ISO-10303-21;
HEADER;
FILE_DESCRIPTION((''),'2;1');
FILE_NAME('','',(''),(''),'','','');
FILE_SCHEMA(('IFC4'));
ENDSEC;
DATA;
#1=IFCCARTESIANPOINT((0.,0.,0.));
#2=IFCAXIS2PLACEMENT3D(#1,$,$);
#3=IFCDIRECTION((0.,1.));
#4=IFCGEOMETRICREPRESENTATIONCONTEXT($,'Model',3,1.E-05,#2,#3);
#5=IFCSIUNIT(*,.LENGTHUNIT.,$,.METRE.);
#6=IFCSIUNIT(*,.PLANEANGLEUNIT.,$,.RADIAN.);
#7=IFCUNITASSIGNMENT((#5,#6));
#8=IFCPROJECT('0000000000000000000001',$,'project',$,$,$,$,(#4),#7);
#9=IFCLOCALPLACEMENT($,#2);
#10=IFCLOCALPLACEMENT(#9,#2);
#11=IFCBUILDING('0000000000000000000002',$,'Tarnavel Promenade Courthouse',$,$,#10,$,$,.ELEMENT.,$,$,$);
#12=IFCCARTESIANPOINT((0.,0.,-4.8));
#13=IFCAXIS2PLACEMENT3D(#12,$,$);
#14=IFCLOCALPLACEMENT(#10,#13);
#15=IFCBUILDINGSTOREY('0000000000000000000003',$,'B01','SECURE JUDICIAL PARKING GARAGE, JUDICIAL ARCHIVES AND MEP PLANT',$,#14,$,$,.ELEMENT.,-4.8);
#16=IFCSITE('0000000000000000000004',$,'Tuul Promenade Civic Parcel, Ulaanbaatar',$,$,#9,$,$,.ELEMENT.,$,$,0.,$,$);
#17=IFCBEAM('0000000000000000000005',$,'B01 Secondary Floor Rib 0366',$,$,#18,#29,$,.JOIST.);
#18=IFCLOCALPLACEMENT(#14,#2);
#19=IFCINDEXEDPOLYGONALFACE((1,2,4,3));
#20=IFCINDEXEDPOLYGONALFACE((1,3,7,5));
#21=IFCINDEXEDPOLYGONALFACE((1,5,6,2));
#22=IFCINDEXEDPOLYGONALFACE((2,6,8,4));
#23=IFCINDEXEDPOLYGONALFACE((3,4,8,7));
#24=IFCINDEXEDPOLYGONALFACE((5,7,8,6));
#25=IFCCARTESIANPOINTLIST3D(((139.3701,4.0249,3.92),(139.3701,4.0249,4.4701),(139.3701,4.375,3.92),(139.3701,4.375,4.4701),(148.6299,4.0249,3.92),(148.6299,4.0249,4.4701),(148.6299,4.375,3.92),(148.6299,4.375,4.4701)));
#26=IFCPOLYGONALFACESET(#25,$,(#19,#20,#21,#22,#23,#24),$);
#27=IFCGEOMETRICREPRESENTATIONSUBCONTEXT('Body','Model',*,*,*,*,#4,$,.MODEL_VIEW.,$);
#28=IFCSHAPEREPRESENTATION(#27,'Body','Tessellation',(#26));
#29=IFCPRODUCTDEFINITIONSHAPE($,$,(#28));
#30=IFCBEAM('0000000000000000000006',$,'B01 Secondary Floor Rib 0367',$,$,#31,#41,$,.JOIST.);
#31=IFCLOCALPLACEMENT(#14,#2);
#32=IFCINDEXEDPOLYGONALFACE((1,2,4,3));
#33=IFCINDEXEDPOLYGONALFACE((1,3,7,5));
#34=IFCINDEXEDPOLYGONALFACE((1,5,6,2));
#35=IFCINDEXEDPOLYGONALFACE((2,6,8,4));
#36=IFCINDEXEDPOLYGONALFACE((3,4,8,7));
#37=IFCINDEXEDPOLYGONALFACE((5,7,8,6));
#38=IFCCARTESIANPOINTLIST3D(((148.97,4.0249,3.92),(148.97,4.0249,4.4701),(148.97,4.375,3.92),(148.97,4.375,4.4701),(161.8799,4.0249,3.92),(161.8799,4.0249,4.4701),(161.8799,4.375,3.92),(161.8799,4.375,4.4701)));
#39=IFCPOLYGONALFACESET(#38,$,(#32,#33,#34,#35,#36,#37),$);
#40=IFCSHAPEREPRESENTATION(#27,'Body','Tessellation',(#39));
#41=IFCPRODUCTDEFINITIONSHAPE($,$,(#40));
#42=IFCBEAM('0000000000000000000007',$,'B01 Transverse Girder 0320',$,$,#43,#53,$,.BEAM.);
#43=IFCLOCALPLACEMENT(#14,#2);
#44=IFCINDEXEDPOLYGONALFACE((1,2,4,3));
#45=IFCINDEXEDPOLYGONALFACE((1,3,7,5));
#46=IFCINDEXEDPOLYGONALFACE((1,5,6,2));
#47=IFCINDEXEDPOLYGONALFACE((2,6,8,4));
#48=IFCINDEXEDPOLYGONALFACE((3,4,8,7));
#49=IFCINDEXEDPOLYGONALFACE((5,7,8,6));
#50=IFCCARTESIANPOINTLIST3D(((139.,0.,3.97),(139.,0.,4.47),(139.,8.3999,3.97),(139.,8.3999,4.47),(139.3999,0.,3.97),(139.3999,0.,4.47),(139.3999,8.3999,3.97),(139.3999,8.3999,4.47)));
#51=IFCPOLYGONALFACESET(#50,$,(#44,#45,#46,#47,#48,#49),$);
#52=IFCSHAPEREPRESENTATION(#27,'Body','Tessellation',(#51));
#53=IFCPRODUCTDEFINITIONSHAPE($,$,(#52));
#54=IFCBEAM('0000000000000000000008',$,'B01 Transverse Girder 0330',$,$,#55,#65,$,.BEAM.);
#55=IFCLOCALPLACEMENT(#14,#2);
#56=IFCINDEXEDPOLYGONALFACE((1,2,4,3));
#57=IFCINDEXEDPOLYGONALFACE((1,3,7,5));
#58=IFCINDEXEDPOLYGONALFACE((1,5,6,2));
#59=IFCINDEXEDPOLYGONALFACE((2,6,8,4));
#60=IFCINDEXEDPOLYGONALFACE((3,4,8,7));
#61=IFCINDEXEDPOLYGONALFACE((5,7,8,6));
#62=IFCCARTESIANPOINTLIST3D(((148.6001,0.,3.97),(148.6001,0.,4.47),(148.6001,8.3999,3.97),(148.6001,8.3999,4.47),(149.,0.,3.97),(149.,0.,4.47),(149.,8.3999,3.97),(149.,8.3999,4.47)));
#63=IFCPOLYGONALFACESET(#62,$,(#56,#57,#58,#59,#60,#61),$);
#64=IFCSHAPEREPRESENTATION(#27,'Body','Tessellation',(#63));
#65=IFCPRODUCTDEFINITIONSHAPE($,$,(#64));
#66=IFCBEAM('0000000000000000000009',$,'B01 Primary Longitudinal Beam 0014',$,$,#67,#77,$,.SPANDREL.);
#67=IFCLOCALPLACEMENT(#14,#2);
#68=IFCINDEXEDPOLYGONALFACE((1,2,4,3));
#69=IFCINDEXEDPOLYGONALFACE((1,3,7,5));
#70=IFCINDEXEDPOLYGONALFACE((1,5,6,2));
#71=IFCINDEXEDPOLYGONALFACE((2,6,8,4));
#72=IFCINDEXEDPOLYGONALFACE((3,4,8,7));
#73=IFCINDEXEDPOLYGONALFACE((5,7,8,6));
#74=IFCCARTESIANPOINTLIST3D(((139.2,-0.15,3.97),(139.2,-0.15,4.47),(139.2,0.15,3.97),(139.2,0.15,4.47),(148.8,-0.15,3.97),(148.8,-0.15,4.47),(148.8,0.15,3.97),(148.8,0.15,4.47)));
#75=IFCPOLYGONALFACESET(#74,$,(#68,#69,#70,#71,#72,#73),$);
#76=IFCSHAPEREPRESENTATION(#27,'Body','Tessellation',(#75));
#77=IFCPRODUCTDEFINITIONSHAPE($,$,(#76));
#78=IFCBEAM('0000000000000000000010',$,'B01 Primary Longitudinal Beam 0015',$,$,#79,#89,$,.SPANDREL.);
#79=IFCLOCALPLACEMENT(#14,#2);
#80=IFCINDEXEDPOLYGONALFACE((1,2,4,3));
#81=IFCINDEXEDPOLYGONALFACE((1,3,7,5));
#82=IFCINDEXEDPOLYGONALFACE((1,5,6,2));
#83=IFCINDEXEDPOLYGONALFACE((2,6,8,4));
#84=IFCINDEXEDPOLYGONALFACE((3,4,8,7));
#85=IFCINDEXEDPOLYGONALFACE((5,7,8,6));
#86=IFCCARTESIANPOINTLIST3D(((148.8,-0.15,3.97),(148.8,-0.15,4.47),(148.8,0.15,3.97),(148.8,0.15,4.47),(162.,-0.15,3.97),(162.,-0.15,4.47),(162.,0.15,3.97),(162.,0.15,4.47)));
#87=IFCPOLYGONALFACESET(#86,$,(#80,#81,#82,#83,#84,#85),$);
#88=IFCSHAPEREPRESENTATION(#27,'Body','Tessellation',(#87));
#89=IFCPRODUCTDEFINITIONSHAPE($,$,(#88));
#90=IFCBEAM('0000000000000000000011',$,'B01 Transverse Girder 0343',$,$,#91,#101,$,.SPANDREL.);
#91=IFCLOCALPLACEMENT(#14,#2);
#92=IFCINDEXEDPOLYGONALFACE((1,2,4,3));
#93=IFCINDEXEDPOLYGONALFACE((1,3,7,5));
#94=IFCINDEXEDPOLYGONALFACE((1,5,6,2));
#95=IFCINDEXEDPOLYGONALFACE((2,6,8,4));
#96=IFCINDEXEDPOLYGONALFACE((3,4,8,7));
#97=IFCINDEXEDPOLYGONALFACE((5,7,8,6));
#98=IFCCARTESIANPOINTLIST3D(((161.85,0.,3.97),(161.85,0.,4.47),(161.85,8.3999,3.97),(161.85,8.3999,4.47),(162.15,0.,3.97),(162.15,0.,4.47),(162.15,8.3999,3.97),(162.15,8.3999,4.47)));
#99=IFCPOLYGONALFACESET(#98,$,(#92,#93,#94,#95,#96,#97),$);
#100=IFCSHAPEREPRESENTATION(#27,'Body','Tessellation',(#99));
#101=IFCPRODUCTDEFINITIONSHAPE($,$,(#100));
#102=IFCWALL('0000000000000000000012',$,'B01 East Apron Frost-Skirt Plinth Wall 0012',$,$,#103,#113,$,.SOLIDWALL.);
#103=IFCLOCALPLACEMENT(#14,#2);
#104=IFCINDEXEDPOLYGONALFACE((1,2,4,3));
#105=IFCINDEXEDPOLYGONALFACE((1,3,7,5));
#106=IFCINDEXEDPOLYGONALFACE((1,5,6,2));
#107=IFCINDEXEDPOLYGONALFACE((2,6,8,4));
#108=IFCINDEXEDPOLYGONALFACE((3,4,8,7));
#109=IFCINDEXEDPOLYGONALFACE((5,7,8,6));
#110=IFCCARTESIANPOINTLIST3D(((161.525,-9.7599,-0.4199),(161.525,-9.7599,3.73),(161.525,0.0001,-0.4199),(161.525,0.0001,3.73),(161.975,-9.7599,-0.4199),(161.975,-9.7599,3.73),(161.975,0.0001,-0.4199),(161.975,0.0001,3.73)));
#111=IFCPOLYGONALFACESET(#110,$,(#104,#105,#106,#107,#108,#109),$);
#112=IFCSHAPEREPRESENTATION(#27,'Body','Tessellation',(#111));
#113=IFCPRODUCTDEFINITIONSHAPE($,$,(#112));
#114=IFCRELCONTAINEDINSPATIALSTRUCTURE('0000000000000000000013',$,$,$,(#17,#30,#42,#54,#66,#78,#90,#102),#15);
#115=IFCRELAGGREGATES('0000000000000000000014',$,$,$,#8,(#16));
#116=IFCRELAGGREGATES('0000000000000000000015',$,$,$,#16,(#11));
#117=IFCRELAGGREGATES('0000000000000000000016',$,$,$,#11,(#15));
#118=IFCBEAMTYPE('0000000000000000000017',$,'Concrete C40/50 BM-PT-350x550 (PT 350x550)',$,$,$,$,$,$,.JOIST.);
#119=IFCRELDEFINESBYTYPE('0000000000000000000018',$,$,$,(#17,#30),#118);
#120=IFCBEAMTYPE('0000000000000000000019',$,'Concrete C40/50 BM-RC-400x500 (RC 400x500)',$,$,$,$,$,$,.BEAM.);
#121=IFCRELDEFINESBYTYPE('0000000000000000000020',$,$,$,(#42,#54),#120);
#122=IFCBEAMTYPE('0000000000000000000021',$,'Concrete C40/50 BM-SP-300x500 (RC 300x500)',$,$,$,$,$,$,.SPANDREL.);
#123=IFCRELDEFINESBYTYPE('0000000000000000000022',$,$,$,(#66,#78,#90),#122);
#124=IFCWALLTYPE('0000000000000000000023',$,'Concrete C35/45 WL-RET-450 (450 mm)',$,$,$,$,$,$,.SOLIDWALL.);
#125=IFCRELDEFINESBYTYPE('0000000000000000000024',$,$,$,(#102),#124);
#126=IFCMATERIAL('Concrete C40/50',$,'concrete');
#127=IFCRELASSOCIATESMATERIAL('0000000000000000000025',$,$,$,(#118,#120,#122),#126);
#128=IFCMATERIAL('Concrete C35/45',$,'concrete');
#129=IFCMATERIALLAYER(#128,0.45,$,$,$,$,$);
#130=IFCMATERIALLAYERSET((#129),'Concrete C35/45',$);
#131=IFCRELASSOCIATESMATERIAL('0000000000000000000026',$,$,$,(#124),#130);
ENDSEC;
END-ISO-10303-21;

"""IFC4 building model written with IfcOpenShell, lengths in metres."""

from ifc_helpers import new_model, si_unit, direction, frame, frame_2d, origin, origin_2d, place, context, subcontext, project, spatial, rectangle, extrude, material, layer, layer_set, material_profile, profile_set, type_object, element, save


model = new_model("IFC4")

# Units and contexts
model_context = context("Model", 3, precision=1e-05, world=origin(), true_north=direction((0.0, 1.0)))
body_context = subcontext(model_context, "Body", "Model", "MODEL_VIEW")
ifc_project = project(units=[si_unit("LENGTHUNIT", "METRE"), si_unit("PLANEANGLEUNIT", "RADIAN")], contexts=[model_context])

# Site, building, storey
site_placement = place(None, origin())
site = spatial("IfcSite", under=ifc_project, at=site_placement, Name="Tuul Promenade Civic Parcel, Ulaanbaatar", CompositionType="ELEMENT", RefElevation=0.0)
building_placement = place(site_placement, origin())
building = spatial("IfcBuilding", under=site, at=building_placement, Name="Tarnavel Promenade Courthouse", CompositionType="ELEMENT")
storey_placement = place(building_placement, frame((0.0, 0.0, -4.8)))
storey = spatial("IfcBuildingStorey", under=building, at=storey_placement, Name="B01", Description="SECURE JUDICIAL PARKING GARAGE, JUDICIAL ARCHIVES AND MEP PLANT", CompositionType="ELEMENT", Elevation=-4.8)

# Shared definitions
ifc_material_1 = material(Name="Concrete C35/45", Category="concrete")

# Shared definitions
ifc_material_2 = material(Name="Concrete C40/50", Category="concrete")

# Beams
ifc_material_profile_1 = material_profile(ifc_material_2, rectangle(XDim=0.3501, YDim=0.55, at=origin_2d()), Name="PT 350x550")
ifc_profile_set_1 = profile_set([ifc_material_profile_1], Name="Concrete C40/50")
beam_type_1 = type_object("IfcBeamType", Name="Concrete C40/50 BM-PT-350x550 (PT 350x550)", PredefinedType="JOIST", material=ifc_profile_set_1)
beam_1_placement = place(storey_placement, frame((139.3701, 4.2, 4.1951), z_axis=(1.0, 0.0, 0.0), x_axis=(0.0, 1.0, 0.0)))
element("IfcBeam", 1, at=beam_1_placement, inside=storey, type_object=beam_type_1, Name="B01 Secondary Floor Rib 0366", PredefinedType="JOIST", context=body_context, shape_type="SweptSolid", body=[
    extrude(rectangle(XDim=0.3501, YDim=0.55, at=origin_2d()), origin(), (0.0, 0.0, 1.0), 9.2598),
])
beam_2_placement = place(storey_placement, frame((148.97, 4.2, 4.1951), z_axis=(1.0, 0.0, 0.0), x_axis=(0.0, 1.0, 0.0)))
element("IfcBeam", 2, at=beam_2_placement, inside=storey, type_object=beam_type_1, Name="B01 Secondary Floor Rib 0367", PredefinedType="JOIST", context=body_context, shape_type="SweptSolid", body=[
    extrude(rectangle(XDim=0.3501, YDim=0.55, at=origin_2d()), origin(), (0.0, 0.0, 1.0), 12.9099),
])
ifc_material_profile_2 = material_profile(ifc_material_2, rectangle(XDim=0.3999, YDim=0.5, at=origin_2d()), Name="RC 400x500")
ifc_profile_set_2 = profile_set([ifc_material_profile_2], Name="Concrete C40/50")
beam_type_2 = type_object("IfcBeamType", Name="Concrete C40/50 BM-RC-400x500 (RC 400x500)", PredefinedType="BEAM", material=ifc_profile_set_2)
for number, where, z_axis, x_axis, name in (
    (3, (139.2, 0.0, 4.22), (0.0, 1.0, 0.0), (-1.0, 0.0, 0.0), "B01 Transverse Girder 0320"),
    (4, (148.8, 0.0, 4.22), (0.0, 1.0, 0.0), (-1.0, 0.0, 0.0), "B01 Transverse Girder 0330"),
):
    element("IfcBeam", number, at=place(storey_placement, frame(where, z_axis=z_axis, x_axis=x_axis)), inside=storey, type_object=beam_type_2, Name=name, PredefinedType="BEAM", context=body_context, shape_type="SweptSolid", body=[
        extrude(rectangle(XDim=0.3999, YDim=0.5, at=origin_2d()), origin(), (0.0, 0.0, 1.0), 8.3999),
    ])
ifc_material_profile_3 = material_profile(ifc_material_2, rectangle(XDim=0.3, YDim=0.5, at=origin_2d()), Name="RC 300x500")
ifc_profile_set_3 = profile_set([ifc_material_profile_3], Name="Concrete C40/50")
beam_type_3 = type_object("IfcBeamType", Name="Concrete C40/50 BM-SP-300x500 (RC 300x500)", PredefinedType="SPANDREL", material=ifc_profile_set_3)
beam_3_placement = place(storey_placement, frame((139.2, 0.0, 4.22), z_axis=(1.0, 0.0, 0.0), x_axis=(0.0, 1.0, 0.0)))
element("IfcBeam", 5, at=beam_3_placement, inside=storey, type_object=beam_type_3, Name="B01 Primary Longitudinal Beam 0014", PredefinedType="SPANDREL", context=body_context, shape_type="SweptSolid", body=[
    extrude(rectangle(XDim=0.3, YDim=0.5, at=origin_2d()), origin(), (0.0, 0.0, 1.0), 9.6001),
])
beam_4_placement = place(storey_placement, frame((148.8, 0.0, 4.22), z_axis=(1.0, 0.0, 0.0), x_axis=(0.0, 1.0, 0.0)))
element("IfcBeam", 6, at=beam_4_placement, inside=storey, type_object=beam_type_3, Name="B01 Primary Longitudinal Beam 0015", PredefinedType="SPANDREL", context=body_context, shape_type="SweptSolid", body=[
    extrude(rectangle(XDim=0.3, YDim=0.5, at=origin_2d()), origin(), (0.0, 0.0, 1.0), 13.2),
])
beam_5_placement = place(storey_placement, frame((162.0, 0.0, 4.22), z_axis=(0.0, 1.0, 0.0), x_axis=(-1.0, 0.0, 0.0)))
element("IfcBeam", 7, at=beam_5_placement, inside=storey, type_object=beam_type_3, Name="B01 Transverse Girder 0343", PredefinedType="SPANDREL", context=body_context, shape_type="SweptSolid", body=[
    extrude(rectangle(XDim=0.3, YDim=0.5, at=origin_2d()), origin(), (0.0, 0.0, 1.0), 8.3999),
])

# Wall
ifc_layer = layer(ifc_material_1, 0.45)
ifc_layer_set = layer_set([ifc_layer], Name="Concrete C35/45")
wall_type = type_object("IfcWallType", Name="Concrete C35/45 WL-RET-450 (450 mm)", PredefinedType="SOLIDWALL", material=ifc_layer_set)
wall_placement = place(storey_placement, frame((161.75, 0.0, -0.4199), z_axis=(0.0, 0.0, 1.0), x_axis=(0.0, -1.0, 0.0)))
element("IfcWall", 8, at=wall_placement, inside=storey, type_object=wall_type, Name="B01 East Apron Frost-Skirt Plinth Wall 0012", PredefinedType="SOLIDWALL", context=body_context, shape_type="SweptSolid", body=[
    extrude(rectangle(XDim=9.76, YDim=0.45, at=frame_2d((4.8799, 0.0))), origin(), (0.0, 0.0, 1.0), 4.1499),
])

save(model, "model.ifc")
